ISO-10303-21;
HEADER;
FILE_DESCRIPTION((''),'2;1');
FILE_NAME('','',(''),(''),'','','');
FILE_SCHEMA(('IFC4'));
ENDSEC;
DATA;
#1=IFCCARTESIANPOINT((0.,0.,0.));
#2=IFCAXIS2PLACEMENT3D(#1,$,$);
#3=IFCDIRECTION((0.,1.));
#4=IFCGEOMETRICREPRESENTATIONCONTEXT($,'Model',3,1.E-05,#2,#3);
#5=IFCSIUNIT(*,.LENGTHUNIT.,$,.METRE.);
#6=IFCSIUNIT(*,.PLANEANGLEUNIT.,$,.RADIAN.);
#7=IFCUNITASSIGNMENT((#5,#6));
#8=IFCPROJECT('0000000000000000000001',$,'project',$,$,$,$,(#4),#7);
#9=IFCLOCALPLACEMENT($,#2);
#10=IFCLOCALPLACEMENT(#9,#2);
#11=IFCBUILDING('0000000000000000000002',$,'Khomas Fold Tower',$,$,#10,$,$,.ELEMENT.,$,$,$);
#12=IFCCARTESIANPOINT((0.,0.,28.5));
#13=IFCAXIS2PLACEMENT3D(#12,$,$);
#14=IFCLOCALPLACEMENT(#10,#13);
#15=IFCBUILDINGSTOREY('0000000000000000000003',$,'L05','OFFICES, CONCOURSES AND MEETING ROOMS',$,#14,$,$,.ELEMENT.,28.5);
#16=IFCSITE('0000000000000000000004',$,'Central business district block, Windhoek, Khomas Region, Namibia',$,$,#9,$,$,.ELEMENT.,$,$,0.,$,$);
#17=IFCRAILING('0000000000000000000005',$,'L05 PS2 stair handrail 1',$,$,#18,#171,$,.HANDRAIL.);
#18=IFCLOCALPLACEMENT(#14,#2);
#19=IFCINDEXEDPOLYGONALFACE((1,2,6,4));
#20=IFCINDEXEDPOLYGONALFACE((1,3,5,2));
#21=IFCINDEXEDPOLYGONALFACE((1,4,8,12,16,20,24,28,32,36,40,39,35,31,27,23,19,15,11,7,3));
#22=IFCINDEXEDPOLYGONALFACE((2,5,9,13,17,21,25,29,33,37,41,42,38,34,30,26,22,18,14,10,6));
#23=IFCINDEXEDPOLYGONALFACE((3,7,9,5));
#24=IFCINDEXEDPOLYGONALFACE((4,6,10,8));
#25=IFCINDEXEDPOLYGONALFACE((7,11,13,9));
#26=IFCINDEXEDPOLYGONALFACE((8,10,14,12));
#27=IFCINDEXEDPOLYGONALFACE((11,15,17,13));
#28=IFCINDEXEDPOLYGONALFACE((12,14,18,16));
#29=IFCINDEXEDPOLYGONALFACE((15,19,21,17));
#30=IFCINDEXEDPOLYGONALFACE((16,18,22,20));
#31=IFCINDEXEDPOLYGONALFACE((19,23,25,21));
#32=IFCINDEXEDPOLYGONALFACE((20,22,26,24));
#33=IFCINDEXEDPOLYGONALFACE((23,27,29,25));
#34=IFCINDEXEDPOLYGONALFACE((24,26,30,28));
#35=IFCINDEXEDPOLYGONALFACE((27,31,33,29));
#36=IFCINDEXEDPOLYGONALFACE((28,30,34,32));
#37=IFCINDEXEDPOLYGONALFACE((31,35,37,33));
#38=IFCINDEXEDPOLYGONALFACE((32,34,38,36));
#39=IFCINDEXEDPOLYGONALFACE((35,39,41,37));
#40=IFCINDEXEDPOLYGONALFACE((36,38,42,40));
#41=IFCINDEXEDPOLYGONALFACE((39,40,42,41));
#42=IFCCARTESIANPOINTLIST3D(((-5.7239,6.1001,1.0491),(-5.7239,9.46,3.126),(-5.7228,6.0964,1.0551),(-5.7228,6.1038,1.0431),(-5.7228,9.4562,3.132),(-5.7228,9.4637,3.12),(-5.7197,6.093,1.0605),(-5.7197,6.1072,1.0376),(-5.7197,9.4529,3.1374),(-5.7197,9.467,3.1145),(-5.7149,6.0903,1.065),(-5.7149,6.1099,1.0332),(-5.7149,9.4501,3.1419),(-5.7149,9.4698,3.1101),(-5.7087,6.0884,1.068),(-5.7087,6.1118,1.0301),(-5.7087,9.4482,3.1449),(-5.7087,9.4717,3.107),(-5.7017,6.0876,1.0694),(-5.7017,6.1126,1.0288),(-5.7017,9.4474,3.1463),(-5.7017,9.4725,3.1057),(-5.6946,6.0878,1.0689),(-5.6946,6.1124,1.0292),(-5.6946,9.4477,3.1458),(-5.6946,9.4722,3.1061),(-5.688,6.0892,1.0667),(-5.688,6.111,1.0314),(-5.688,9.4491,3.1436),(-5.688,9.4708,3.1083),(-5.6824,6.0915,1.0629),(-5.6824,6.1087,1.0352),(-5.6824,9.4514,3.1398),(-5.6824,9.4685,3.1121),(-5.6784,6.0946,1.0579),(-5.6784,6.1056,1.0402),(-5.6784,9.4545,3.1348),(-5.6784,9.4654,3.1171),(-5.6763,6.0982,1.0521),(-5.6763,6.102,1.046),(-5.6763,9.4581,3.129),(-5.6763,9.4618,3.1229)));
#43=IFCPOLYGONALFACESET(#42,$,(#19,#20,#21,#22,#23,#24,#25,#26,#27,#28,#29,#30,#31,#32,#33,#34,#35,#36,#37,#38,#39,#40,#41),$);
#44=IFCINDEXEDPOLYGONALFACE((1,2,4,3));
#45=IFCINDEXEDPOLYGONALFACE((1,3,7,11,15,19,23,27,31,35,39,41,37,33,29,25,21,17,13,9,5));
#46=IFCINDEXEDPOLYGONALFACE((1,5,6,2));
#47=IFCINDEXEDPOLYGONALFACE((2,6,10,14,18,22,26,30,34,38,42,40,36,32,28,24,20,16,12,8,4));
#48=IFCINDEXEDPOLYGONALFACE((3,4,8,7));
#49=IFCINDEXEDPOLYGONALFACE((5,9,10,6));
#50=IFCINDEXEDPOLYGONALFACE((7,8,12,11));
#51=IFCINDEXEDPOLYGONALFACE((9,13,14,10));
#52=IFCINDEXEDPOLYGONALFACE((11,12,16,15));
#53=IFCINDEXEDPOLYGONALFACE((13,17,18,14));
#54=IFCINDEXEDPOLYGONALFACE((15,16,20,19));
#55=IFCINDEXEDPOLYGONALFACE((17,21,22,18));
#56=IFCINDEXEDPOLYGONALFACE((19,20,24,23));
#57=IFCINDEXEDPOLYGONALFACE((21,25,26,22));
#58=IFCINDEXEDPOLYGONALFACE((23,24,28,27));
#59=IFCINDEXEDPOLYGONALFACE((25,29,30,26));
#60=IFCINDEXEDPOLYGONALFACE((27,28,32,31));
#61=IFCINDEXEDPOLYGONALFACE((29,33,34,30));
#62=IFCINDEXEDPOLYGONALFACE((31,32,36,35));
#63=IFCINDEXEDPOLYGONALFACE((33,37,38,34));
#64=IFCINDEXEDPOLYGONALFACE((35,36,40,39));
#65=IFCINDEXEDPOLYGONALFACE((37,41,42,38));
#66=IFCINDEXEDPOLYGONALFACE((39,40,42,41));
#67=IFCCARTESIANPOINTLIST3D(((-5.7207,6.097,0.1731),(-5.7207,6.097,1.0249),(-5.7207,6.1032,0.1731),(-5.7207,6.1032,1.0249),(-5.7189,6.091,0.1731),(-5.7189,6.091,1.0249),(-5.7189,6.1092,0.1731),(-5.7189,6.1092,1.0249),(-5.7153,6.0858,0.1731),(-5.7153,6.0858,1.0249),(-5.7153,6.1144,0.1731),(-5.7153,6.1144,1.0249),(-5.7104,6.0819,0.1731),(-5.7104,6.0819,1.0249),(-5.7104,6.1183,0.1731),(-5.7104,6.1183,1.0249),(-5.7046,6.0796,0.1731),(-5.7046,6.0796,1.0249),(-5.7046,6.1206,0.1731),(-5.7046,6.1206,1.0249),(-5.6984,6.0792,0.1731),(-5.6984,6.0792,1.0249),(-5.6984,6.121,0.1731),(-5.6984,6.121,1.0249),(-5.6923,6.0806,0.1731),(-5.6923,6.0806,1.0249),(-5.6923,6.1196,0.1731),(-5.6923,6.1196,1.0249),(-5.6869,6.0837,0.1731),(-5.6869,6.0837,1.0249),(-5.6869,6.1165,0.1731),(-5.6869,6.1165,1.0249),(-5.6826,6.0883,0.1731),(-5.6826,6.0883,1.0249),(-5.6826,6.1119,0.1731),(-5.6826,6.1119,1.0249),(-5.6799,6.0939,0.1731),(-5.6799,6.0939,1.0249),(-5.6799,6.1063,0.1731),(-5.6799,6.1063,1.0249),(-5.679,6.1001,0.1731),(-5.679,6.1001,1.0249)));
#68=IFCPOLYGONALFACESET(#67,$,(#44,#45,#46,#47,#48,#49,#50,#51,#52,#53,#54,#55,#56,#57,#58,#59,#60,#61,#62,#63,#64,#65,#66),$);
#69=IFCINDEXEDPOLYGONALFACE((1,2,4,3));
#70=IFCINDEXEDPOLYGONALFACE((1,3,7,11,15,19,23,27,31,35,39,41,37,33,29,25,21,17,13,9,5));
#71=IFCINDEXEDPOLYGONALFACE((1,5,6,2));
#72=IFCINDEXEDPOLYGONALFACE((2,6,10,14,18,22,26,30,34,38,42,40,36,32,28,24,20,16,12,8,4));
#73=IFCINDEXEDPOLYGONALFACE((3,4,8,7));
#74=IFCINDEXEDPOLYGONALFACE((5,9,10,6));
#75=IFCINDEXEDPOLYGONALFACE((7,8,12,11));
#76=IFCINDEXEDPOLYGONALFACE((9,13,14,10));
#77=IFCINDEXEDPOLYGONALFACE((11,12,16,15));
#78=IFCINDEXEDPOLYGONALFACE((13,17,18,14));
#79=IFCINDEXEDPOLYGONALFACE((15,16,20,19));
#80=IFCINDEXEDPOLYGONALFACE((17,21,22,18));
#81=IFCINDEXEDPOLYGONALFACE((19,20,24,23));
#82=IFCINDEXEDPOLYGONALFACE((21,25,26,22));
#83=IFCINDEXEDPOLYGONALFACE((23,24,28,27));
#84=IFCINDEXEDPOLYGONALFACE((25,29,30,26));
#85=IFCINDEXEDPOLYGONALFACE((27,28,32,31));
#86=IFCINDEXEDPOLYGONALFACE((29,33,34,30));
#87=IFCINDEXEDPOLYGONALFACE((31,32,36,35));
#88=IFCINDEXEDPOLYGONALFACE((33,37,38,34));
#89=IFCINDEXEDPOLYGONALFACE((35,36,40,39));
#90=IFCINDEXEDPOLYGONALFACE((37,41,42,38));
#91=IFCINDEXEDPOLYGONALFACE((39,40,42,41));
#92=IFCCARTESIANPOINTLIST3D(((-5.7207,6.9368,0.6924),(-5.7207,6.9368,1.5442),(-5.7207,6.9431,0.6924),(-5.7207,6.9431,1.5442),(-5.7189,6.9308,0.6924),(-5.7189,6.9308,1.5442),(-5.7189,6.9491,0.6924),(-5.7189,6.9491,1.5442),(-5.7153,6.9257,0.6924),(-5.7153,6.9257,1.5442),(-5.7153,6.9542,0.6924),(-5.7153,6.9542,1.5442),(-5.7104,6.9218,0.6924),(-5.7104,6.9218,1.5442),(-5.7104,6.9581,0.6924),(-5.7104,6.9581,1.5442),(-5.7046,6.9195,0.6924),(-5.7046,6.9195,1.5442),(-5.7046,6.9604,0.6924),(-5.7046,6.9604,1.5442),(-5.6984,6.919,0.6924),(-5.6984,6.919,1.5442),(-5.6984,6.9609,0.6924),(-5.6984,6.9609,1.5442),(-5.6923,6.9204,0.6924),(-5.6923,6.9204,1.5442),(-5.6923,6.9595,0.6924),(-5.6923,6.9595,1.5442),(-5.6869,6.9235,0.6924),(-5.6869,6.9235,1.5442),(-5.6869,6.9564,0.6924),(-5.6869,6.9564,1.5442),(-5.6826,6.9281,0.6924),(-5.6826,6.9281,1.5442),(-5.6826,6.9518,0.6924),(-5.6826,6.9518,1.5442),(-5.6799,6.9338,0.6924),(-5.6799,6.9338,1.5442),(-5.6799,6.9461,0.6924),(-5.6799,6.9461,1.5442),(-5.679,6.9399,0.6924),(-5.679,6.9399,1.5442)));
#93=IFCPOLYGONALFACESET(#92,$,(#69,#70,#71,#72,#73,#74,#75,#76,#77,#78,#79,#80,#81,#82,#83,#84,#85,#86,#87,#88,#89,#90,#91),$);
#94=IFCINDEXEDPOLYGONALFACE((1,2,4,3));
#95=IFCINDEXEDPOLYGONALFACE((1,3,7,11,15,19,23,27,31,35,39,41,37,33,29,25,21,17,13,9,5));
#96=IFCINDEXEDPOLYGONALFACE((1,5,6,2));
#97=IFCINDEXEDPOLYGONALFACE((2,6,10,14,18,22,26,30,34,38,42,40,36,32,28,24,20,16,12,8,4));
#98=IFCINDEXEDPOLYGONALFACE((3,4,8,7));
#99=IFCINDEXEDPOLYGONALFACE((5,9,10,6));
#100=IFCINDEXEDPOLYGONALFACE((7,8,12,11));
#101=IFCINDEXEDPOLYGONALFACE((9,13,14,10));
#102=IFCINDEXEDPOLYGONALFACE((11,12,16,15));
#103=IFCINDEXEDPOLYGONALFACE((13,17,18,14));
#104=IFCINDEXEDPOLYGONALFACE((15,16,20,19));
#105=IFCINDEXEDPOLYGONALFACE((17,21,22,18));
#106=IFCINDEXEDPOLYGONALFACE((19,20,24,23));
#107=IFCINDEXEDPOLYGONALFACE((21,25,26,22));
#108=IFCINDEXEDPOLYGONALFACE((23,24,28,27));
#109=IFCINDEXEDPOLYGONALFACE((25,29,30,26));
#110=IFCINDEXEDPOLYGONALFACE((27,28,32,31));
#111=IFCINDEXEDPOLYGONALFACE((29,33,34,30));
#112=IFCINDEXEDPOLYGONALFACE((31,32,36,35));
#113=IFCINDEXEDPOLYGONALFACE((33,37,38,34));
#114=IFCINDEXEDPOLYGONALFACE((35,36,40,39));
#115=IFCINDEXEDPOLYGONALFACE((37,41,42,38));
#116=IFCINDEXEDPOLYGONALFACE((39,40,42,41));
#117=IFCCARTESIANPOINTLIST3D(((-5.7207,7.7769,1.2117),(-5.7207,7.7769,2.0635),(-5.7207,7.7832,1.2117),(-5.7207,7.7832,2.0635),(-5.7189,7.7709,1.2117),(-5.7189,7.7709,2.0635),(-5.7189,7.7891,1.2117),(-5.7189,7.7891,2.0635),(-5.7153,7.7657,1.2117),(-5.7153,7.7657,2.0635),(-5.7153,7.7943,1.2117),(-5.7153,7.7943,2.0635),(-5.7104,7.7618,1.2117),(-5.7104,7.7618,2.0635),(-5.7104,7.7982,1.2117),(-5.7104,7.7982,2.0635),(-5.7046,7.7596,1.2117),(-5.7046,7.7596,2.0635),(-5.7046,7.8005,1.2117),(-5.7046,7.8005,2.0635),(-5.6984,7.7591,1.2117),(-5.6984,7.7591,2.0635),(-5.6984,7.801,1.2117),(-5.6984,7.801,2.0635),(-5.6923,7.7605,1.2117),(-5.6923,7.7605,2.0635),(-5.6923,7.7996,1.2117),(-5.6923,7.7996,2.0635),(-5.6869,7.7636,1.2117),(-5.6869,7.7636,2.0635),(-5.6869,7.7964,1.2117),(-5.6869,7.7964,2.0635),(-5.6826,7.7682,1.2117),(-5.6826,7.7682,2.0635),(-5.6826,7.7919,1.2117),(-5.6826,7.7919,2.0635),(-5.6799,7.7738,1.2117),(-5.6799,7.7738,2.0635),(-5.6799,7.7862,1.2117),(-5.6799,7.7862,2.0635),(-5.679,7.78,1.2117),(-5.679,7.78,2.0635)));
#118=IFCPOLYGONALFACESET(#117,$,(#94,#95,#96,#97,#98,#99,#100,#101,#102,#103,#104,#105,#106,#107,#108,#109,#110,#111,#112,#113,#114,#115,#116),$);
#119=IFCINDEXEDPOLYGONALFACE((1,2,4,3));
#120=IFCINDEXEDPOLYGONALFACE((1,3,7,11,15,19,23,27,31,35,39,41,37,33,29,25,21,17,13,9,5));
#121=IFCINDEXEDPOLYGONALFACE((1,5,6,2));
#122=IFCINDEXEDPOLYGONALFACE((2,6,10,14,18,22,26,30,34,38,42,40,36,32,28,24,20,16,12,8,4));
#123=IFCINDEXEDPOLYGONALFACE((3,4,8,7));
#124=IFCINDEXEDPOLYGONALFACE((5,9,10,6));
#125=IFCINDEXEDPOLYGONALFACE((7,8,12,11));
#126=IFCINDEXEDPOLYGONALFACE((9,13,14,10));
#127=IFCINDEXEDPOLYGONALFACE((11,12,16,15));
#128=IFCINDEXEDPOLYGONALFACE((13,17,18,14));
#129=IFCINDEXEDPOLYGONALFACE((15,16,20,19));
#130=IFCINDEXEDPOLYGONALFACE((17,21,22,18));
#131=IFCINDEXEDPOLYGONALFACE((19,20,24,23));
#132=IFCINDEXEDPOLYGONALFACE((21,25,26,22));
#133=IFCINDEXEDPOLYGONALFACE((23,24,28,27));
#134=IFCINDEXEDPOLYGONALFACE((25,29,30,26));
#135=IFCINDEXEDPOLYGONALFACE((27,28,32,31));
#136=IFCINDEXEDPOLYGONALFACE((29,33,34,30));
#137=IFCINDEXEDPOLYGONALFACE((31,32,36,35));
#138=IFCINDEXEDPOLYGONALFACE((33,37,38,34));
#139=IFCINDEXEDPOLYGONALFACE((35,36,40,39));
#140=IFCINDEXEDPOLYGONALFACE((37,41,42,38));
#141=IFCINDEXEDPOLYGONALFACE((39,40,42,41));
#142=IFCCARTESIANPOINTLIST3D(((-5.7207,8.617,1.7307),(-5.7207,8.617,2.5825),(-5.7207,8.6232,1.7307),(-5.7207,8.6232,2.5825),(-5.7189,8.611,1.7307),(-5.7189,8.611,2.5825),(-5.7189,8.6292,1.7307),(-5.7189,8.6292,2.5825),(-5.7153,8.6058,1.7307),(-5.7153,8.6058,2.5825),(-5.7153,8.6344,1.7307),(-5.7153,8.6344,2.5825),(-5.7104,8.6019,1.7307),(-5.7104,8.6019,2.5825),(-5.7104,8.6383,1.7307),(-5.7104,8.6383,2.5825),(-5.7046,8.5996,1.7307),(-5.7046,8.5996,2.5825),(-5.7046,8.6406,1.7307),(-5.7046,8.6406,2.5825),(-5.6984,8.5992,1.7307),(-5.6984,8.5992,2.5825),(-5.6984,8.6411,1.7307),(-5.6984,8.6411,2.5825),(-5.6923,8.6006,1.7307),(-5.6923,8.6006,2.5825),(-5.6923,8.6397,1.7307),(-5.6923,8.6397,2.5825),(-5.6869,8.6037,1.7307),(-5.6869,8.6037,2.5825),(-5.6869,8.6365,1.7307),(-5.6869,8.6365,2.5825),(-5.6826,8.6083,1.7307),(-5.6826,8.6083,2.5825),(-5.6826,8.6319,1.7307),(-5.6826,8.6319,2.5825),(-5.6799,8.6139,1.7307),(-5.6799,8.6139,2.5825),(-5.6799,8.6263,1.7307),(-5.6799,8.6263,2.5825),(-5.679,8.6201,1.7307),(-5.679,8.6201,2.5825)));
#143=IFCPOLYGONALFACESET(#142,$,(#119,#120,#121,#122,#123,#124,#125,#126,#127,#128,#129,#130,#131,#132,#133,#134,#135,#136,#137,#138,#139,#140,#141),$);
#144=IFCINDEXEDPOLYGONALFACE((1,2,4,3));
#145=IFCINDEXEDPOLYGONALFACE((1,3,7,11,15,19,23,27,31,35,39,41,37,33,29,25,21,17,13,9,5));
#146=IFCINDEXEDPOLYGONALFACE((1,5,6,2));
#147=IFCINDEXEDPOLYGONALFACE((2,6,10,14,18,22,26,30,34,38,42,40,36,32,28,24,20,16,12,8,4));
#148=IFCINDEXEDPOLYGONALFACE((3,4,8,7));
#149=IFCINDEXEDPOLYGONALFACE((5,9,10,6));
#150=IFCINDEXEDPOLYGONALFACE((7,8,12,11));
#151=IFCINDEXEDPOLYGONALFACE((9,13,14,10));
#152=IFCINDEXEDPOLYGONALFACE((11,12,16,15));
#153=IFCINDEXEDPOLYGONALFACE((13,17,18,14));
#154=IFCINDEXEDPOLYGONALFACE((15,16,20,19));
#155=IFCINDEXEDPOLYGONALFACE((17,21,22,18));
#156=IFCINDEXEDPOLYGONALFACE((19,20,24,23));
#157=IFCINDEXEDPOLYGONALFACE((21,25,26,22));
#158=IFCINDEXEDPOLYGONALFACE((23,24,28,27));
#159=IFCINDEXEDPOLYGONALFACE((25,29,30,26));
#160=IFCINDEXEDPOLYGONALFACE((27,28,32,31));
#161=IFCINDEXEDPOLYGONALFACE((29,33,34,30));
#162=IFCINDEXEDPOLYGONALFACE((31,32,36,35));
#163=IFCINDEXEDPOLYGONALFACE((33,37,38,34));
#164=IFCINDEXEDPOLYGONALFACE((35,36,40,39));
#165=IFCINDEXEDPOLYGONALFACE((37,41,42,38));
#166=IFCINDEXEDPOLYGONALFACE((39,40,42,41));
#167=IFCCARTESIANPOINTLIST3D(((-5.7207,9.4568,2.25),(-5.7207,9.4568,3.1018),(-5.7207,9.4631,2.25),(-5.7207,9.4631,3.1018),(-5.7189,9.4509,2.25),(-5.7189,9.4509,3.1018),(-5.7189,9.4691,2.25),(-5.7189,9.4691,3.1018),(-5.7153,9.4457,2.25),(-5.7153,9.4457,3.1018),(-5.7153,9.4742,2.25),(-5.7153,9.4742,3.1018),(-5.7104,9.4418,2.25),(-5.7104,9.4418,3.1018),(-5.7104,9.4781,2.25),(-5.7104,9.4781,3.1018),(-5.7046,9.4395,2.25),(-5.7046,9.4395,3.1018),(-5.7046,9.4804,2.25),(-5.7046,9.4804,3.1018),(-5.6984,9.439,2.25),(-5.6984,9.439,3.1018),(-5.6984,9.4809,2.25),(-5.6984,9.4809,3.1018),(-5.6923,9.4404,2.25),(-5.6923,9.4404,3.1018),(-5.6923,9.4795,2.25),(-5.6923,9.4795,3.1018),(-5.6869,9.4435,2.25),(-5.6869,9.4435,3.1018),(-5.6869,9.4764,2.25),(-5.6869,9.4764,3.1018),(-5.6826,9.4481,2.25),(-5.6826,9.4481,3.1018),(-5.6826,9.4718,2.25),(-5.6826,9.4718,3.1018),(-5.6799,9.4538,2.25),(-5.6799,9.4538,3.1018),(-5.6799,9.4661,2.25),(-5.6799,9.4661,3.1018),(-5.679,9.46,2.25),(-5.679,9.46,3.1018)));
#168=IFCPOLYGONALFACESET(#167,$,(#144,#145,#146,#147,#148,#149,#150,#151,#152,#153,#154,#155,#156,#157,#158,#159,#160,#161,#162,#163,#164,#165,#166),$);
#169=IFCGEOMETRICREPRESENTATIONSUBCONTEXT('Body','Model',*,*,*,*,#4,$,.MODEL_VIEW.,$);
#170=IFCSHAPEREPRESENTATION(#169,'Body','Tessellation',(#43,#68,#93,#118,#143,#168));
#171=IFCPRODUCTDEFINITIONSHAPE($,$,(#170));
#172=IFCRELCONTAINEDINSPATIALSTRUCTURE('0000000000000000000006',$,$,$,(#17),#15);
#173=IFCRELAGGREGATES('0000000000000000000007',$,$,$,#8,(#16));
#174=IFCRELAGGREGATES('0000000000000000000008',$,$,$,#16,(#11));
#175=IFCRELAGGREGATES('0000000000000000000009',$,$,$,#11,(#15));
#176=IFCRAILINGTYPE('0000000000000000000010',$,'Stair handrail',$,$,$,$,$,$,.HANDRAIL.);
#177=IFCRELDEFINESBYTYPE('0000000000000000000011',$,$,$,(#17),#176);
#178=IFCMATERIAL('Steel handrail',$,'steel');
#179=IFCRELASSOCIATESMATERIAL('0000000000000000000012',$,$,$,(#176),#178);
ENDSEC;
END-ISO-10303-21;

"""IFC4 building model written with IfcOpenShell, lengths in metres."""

from ifc_helpers import new_model, si_unit, direction, frame, origin, origin_2d, place, context, subcontext, project, spatial, circle, extrude, source, transform, mapped, material, type_object, element, save


model = new_model("IFC4")

# Units and contexts
model_context = context("Model", 3, precision=1e-05, world=origin(), true_north=direction((0.0, 1.0)))
body_context = subcontext(model_context, "Body", "Model", "MODEL_VIEW")
ifc_project = project(units=[si_unit("LENGTHUNIT", "METRE"), si_unit("PLANEANGLEUNIT", "RADIAN")], contexts=[model_context])

# Site, building, storey
site_placement = place(None, origin())
site = spatial("IfcSite", under=ifc_project, at=site_placement, Name="Central business district block, Windhoek, Khomas Region, Namibia", CompositionType="ELEMENT", RefElevation=0.0)
building_placement = place(site_placement, origin())
building = spatial("IfcBuilding", under=site, at=building_placement, Name="Khomas Fold Tower", CompositionType="ELEMENT")
storey_placement = place(building_placement, frame((0.0, 0.0, 28.5)))
storey = spatial("IfcBuildingStorey", under=building, at=storey_placement, Name="L05", Description="OFFICES, CONCOURSES AND MEETING ROOMS", CompositionType="ELEMENT", Elevation=28.5)

# Railing
ifc_material_1 = material(Name="Steel handrail", Category="steel")
railing_type_1 = type_object("IfcRailingType", Name="Stair handrail", PredefinedType="HANDRAIL", material=ifc_material_1)
shared_shape_1 = source(origin(), body_context, "Body", "SweptSolid", [
    extrude(circle(Radius=0.0239, at=origin_2d()), frame((0.0, 0.0, 0.876), z_axis=(0.0, 0.850606, 0.525803), x_axis=(-1.0, 0.0, 0.0)), (0.0, 0.0, 1.0), 3.95),
    extrude(circle(Radius=0.021, at=origin_2d()), origin(), (0.0, 0.0, 1.0), 0.8518),
    extrude(circle(Radius=0.021, at=origin_2d()), frame((0.0, 0.8398, 0.5193)), (0.0, 0.0, 1.0), 0.8518),
    extrude(circle(Radius=0.021, at=origin_2d()), frame((0.0, 1.6799, 1.0386)), (0.0, 0.0, 1.0), 0.8518),
    extrude(circle(Radius=0.021, at=origin_2d()), frame((0.0, 2.52, 1.5576)), (0.0, 0.0, 1.0), 0.8518),
    extrude(circle(Radius=0.021, at=origin_2d()), frame((0.0, 3.3599, 2.0769)), (0.0, 0.0, 1.0), 0.8518),
])
railing_1_placement = place(storey_placement, frame((-5.7, 6.1001, 0.1731)))
element("IfcRailing", 1, at=railing_1_placement, inside=storey, type_object=railing_type_1, Name="L05 PS2 stair handrail 1", PredefinedType="HANDRAIL", context=body_context, shape_type="MappedRepresentation", body=[
    mapped(shared_shape_1, transform((0.0, 0.0, 0.0))),
])

save(model, "model.ifc")
